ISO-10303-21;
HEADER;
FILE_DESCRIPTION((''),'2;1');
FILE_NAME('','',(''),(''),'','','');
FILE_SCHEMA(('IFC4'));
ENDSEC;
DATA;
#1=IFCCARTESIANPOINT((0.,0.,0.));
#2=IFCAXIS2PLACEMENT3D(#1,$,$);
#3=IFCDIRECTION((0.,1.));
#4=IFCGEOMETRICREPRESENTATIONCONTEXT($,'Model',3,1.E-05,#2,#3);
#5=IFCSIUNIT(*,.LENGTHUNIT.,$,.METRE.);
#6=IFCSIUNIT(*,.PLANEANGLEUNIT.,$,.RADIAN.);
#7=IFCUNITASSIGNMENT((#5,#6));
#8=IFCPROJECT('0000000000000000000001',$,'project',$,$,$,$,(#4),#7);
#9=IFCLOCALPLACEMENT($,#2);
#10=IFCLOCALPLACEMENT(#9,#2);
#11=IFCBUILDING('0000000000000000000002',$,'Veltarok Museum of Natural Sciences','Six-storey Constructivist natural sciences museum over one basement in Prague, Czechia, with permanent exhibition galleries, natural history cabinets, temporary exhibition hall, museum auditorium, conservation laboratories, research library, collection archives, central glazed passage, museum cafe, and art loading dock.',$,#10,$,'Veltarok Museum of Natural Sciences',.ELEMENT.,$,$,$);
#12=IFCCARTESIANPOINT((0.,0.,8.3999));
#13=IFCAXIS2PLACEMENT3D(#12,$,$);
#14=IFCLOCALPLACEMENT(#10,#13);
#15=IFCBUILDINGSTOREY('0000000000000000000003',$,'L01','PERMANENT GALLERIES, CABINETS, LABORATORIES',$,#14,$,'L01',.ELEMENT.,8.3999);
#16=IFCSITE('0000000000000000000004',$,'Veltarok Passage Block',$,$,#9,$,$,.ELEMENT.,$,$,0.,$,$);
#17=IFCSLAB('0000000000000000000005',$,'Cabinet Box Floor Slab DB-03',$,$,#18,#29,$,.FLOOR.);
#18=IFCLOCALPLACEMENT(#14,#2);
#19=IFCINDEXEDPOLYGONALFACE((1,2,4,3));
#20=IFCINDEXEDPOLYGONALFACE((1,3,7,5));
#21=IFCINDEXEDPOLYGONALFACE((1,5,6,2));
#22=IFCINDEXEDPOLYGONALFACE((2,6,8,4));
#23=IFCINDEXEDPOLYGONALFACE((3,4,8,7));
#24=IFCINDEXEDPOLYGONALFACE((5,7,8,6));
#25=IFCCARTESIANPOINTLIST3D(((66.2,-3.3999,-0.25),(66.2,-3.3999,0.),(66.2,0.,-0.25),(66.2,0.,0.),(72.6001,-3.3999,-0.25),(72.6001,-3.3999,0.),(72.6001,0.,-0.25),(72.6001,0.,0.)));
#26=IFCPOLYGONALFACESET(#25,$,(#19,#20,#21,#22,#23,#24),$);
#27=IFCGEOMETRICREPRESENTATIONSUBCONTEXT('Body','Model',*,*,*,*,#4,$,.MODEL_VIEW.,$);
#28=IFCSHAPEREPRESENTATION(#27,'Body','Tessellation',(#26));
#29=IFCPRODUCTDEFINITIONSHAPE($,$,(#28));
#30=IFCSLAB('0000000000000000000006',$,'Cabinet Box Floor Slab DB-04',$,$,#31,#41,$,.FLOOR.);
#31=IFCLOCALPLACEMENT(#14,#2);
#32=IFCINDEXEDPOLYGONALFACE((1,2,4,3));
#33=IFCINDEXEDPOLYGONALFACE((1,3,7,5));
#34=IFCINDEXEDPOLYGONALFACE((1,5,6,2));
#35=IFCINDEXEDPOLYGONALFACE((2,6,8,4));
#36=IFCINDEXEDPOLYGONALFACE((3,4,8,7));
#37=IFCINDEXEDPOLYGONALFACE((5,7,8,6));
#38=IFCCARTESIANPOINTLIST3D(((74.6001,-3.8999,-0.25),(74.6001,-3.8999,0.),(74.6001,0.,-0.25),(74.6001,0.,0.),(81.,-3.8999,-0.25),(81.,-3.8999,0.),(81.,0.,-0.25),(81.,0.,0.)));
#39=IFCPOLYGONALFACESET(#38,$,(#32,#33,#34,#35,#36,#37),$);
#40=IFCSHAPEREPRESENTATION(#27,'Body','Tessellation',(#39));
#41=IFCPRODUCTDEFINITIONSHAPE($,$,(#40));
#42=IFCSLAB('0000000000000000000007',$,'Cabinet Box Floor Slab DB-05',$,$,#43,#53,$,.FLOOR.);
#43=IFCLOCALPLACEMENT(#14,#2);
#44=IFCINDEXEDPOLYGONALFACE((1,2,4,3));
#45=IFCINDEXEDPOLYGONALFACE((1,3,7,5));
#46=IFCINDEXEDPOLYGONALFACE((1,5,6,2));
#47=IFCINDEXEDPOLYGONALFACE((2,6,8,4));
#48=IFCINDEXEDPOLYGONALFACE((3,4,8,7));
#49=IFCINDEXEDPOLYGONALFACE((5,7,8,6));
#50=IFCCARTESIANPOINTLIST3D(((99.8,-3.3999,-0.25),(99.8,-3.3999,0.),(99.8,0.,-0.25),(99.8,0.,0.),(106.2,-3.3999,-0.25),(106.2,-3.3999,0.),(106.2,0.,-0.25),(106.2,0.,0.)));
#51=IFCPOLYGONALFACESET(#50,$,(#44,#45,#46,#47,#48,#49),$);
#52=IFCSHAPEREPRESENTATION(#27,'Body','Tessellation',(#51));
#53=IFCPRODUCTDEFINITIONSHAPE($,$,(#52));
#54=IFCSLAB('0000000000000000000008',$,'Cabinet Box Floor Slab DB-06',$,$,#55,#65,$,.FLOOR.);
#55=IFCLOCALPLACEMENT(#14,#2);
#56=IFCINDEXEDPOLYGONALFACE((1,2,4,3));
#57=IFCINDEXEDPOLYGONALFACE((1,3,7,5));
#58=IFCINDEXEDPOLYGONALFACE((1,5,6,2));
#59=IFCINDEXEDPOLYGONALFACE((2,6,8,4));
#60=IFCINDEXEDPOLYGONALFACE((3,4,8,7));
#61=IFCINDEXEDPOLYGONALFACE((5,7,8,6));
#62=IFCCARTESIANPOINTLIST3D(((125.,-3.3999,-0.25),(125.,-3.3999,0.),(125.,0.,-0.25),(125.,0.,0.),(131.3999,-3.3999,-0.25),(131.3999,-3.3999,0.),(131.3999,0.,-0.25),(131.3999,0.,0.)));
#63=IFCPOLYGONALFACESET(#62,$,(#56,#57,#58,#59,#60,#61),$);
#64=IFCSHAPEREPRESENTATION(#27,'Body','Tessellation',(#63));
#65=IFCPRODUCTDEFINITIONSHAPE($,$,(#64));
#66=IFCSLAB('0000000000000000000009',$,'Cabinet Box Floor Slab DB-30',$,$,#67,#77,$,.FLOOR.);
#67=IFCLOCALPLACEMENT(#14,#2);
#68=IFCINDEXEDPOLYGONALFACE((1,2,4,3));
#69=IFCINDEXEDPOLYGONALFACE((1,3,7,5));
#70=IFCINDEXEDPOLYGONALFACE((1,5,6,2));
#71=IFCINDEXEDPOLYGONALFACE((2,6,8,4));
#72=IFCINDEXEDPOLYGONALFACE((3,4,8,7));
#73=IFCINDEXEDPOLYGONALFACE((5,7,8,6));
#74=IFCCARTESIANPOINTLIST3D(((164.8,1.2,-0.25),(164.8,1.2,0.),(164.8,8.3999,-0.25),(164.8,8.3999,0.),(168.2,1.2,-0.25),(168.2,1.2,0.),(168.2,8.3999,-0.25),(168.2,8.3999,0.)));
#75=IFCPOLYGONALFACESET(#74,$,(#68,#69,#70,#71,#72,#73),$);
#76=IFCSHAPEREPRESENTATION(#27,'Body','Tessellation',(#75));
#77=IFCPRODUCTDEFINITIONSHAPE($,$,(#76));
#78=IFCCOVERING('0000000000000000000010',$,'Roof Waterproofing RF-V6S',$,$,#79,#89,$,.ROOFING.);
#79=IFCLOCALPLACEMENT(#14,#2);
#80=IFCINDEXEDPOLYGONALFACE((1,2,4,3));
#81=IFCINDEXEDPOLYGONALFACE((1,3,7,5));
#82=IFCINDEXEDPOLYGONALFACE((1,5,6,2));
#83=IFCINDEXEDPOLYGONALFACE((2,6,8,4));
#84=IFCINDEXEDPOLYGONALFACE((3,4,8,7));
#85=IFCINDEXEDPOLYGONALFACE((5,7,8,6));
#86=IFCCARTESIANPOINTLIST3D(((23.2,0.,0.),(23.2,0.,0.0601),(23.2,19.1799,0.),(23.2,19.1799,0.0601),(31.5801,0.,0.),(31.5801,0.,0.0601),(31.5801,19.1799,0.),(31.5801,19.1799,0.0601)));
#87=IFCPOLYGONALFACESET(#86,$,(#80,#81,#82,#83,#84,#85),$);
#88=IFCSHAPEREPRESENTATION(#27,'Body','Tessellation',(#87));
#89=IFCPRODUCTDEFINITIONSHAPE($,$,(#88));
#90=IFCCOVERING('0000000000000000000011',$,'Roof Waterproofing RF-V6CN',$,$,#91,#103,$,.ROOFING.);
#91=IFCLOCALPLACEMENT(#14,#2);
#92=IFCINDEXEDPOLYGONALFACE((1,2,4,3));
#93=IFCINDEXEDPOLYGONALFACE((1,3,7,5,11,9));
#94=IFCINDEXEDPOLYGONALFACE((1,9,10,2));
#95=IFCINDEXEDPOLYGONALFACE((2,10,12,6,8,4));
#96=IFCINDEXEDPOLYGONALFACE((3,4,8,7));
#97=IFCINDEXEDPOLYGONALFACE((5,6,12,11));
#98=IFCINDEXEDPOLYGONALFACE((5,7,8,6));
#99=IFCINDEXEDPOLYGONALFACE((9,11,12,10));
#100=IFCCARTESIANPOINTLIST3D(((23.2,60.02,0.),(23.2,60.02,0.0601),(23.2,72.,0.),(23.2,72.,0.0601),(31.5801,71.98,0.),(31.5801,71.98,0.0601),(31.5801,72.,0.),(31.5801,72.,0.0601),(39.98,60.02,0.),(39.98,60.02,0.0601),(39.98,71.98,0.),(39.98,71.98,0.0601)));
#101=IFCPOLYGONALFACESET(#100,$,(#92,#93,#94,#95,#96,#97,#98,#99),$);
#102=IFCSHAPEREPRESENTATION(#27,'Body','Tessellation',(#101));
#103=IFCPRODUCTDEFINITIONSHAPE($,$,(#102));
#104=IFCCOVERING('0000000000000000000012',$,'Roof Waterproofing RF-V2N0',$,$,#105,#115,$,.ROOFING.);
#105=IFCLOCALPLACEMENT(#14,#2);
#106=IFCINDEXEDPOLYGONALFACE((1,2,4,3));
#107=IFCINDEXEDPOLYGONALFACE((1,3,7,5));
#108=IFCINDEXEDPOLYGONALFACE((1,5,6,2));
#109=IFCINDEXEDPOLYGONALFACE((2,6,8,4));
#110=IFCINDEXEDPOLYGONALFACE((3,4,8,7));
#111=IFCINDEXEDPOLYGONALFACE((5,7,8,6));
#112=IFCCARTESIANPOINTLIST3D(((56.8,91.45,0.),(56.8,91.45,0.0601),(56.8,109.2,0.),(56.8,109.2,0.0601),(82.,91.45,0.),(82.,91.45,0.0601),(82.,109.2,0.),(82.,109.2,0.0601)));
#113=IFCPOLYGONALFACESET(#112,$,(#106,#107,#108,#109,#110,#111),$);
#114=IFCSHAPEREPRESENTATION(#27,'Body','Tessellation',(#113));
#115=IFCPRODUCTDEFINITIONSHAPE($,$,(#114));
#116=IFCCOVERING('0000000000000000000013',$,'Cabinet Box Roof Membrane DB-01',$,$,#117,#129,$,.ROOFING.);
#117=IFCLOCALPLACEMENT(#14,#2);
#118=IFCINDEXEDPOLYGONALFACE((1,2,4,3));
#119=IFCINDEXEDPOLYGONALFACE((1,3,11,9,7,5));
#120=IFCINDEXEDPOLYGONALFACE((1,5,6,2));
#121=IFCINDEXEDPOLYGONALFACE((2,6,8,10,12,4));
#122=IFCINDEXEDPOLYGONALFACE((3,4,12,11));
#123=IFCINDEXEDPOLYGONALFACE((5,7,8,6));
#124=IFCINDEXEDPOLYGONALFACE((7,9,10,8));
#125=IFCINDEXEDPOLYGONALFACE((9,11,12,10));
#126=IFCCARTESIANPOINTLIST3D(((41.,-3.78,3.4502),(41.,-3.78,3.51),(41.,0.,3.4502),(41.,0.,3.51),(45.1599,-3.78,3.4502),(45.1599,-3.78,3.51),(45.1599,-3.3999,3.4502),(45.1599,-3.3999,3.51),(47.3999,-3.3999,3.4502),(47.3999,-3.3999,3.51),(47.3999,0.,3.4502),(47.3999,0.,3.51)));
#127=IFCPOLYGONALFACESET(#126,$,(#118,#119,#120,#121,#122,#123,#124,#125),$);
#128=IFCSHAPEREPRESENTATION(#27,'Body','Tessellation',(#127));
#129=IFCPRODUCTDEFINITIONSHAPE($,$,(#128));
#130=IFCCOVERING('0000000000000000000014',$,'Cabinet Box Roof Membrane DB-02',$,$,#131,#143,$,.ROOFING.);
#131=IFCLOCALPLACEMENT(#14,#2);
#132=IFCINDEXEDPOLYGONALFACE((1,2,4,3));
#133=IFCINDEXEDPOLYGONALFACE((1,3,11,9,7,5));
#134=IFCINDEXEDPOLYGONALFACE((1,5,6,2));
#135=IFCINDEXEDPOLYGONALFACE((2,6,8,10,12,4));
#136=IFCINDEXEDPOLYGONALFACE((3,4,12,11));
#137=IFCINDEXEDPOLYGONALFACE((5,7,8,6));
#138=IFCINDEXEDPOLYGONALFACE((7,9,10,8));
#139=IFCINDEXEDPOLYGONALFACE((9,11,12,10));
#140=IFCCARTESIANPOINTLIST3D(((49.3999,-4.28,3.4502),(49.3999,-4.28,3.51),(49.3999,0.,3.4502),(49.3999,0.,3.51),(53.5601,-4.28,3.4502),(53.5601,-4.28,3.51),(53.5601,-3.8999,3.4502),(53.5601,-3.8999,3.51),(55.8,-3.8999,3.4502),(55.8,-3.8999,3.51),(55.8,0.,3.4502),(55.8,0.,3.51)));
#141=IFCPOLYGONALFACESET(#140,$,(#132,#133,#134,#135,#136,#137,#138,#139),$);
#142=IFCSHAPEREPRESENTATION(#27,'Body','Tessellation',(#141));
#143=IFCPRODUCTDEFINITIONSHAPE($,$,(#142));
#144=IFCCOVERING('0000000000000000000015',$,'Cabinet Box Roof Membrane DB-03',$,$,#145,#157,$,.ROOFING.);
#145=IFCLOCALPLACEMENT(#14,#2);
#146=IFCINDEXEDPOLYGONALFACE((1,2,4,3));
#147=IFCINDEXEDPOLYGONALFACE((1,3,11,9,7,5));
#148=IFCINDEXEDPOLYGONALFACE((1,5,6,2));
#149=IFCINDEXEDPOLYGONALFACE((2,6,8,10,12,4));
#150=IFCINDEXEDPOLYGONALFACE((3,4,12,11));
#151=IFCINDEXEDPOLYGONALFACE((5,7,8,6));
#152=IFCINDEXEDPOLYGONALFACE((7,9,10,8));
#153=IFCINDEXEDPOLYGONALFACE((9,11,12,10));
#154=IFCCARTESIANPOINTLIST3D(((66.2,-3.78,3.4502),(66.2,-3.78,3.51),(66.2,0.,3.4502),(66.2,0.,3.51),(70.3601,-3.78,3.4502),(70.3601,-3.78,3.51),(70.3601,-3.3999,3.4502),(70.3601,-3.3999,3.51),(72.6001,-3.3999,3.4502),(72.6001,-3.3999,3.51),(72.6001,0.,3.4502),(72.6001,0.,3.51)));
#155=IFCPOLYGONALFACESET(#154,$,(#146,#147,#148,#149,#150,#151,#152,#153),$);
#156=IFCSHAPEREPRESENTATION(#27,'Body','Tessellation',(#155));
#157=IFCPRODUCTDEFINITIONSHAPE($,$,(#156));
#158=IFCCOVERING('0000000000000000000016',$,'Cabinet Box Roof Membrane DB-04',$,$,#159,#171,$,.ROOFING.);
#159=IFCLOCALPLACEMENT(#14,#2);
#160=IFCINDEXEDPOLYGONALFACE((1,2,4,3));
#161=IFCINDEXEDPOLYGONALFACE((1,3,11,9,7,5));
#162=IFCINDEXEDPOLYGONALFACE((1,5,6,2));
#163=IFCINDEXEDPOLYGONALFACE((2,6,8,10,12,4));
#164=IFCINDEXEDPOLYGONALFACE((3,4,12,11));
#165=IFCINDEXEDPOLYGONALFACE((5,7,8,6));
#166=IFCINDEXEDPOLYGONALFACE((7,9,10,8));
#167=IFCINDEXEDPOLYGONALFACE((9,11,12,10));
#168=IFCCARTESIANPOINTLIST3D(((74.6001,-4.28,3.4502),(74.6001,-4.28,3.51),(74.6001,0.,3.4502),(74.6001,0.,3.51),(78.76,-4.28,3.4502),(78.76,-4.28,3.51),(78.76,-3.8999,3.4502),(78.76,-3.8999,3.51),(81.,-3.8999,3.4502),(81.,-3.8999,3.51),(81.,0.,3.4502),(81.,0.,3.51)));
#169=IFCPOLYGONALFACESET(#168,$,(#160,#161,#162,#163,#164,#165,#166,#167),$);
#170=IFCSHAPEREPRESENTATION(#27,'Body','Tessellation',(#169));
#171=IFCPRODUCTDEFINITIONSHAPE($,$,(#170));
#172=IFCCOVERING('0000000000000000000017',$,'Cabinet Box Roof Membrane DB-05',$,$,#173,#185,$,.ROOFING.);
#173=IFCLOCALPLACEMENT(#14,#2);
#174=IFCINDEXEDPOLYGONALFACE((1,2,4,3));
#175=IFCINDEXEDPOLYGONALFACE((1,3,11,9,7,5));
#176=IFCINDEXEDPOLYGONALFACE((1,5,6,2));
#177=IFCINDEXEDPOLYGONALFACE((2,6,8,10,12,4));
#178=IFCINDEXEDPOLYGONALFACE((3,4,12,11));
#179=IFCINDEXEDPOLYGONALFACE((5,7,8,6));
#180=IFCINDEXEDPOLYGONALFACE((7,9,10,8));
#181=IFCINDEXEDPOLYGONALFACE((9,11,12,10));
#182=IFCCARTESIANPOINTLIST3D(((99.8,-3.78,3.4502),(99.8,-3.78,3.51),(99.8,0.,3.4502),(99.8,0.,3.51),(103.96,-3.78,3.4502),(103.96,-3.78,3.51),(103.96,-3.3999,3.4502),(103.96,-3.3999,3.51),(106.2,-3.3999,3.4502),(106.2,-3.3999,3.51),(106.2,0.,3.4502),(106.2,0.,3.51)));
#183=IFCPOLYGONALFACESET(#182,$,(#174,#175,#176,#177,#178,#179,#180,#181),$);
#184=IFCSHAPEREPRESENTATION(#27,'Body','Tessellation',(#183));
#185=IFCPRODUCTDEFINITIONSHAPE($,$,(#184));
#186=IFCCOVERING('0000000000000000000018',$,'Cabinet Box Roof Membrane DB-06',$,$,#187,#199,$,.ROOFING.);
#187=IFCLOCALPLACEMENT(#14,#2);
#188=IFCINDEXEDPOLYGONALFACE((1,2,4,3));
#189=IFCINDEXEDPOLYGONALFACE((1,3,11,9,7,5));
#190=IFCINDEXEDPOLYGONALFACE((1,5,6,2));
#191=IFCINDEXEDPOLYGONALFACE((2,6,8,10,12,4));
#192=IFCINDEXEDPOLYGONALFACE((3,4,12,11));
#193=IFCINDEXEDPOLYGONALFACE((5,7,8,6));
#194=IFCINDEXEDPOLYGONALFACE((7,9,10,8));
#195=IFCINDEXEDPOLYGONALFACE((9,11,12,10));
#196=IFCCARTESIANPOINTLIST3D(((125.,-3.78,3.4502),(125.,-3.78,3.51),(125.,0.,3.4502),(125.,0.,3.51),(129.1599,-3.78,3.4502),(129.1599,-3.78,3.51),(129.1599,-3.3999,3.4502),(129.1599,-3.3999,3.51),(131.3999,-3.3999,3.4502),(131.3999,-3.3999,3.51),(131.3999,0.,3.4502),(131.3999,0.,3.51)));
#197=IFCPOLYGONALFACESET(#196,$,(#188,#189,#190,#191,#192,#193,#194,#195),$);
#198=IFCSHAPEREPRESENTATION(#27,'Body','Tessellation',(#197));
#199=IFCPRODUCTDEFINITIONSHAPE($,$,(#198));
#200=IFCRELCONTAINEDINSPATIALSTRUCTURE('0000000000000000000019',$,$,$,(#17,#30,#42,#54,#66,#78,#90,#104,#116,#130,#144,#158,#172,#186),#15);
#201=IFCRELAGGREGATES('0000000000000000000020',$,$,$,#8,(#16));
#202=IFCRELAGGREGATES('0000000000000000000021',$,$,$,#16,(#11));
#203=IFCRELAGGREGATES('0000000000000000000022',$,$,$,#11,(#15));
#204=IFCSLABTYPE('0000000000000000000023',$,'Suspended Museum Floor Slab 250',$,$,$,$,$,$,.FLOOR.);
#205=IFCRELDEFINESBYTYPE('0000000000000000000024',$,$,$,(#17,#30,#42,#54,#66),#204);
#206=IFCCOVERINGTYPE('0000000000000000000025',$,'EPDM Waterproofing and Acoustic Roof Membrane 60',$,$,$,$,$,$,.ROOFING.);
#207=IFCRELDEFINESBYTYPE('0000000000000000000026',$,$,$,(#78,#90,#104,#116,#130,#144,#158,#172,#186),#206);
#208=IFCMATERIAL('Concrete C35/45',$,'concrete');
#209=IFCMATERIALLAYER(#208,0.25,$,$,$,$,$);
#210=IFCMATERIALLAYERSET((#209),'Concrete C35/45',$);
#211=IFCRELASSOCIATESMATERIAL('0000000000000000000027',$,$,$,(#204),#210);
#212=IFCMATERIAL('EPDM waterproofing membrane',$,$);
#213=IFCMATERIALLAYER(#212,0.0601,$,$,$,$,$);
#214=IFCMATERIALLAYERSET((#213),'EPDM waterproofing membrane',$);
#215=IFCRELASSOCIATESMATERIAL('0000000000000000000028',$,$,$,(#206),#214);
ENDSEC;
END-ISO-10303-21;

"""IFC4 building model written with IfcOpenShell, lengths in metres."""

from ifc_helpers import new_model, si_unit, direction, frame, origin, place, context, subcontext, project, spatial, polyline, outline, extrude, material, layer, layer_set, type_object, element, save


model = new_model("IFC4")

# Units and contexts
model_context = context("Model", 3, precision=1e-05, world=origin(), true_north=direction((0.0, 1.0)))
body_context = subcontext(model_context, "Body", "Model", "MODEL_VIEW")
ifc_project = project(units=[si_unit("LENGTHUNIT", "METRE"), si_unit("PLANEANGLEUNIT", "RADIAN")], contexts=[model_context])

# Site, building, storey
site_placement = place(None, origin())
site = spatial("IfcSite", under=ifc_project, at=site_placement, Name="Veltarok Passage Block", CompositionType="ELEMENT", RefElevation=0.0)
building_placement = place(site_placement, origin())
building = spatial("IfcBuilding", under=site, at=building_placement, Name="Veltarok Museum of Natural Sciences", Description="Six-storey Constructivist natural sciences museum over one basement in Prague, Czechia, with permanent exhibition galleries, natural history cabinets, temporary exhibition hall, museum auditorium, conservation laboratories, research library, collection archives, central glazed passage, museum cafe, and art loading dock.", LongName="Veltarok Museum of Natural Sciences", CompositionType="ELEMENT")
storey_placement = place(building_placement, frame((0.0, 0.0, 8.3999)))
storey = spatial("IfcBuildingStorey", under=building, at=storey_placement, Name="L01", Description="PERMANENT GALLERIES, CABINETS, LABORATORIES", LongName="L01", CompositionType="ELEMENT", Elevation=8.3999)

# Shared definitions
ifc_material_1 = material(Name="Concrete C35/45", Category="concrete")

# Slabs
ifc_layer_1 = layer(ifc_material_1, 0.25)
ifc_layer_set_1 = layer_set([ifc_layer_1], Name="Concrete C35/45")
slab_type_1 = type_object("IfcSlabType", Name="Suspended Museum Floor Slab 250", PredefinedType="FLOOR", material=ifc_layer_set_1)
slab_1_placement = place(storey_placement, frame((0.0, 0.0, -0.25)))
element("IfcSlab", 1, at=slab_1_placement, inside=storey, type_object=slab_type_1, Name="Cabinet Box Floor Slab DB-03", PredefinedType="FLOOR", context=body_context, shape_type="SweptSolid", body=[
    extrude(outline(polyline([(66.2, -3.3999), (72.6001, -3.3999), (72.6001, 0.0), (66.2, 0.0), (66.2, -3.3999)])), origin(), (0.0, 0.0, 1.0), 0.25),
])
slab_2_placement = place(storey_placement, frame((0.0, 0.0, -0.25)))
element("IfcSlab", 2, at=slab_2_placement, inside=storey, type_object=slab_type_1, Name="Cabinet Box Floor Slab DB-04", PredefinedType="FLOOR", context=body_context, shape_type="SweptSolid", body=[
    extrude(outline(polyline([(74.6001, -3.8999), (81.0, -3.8999), (81.0, 0.0), (74.6001, 0.0), (74.6001, -3.8999)])), origin(), (0.0, 0.0, 1.0), 0.25),
])
slab_3_placement = place(storey_placement, frame((0.0, 0.0, -0.25)))
element("IfcSlab", 3, at=slab_3_placement, inside=storey, type_object=slab_type_1, Name="Cabinet Box Floor Slab DB-05", PredefinedType="FLOOR", context=body_context, shape_type="SweptSolid", body=[
    extrude(outline(polyline([(99.8, -3.3999), (106.2, -3.3999), (106.2, 0.0), (99.8, 0.0), (99.8, -3.3999)])), origin(), (0.0, 0.0, 1.0), 0.25),
])
slab_4_placement = place(storey_placement, frame((0.0, 0.0, -0.25)))
element("IfcSlab", 4, at=slab_4_placement, inside=storey, type_object=slab_type_1, Name="Cabinet Box Floor Slab DB-06", PredefinedType="FLOOR", context=body_context, shape_type="SweptSolid", body=[
    extrude(outline(polyline([(125.0, -3.3999), (131.3999, -3.3999), (131.3999, 0.0), (125.0, 0.0), (125.0, -3.3999)])), origin(), (0.0, 0.0, 1.0), 0.25),
])
slab_5_placement = place(storey_placement, frame((0.0, 0.0, -0.25)))
element("IfcSlab", 5, at=slab_5_placement, inside=storey, type_object=slab_type_1, Name="Cabinet Box Floor Slab DB-30", PredefinedType="FLOOR", context=body_context, shape_type="SweptSolid", body=[
    extrude(outline(polyline([(164.8, 1.2), (168.2, 1.2), (168.2, 8.3999), (164.8, 8.3999), (164.8, 1.2)])), origin(), (0.0, 0.0, 1.0), 0.25),
])

# Coverings
ifc_material_2 = material(Name="EPDM waterproofing membrane")
ifc_layer_2 = layer(ifc_material_2, 0.0601)
ifc_layer_set_2 = layer_set([ifc_layer_2], Name="EPDM waterproofing membrane")
covering_type = type_object("IfcCoveringType", Name="EPDM Waterproofing and Acoustic Roof Membrane 60", PredefinedType="ROOFING", material=ifc_layer_set_2)
covering_1_placement = place(storey_placement, origin())
element("IfcCovering", 6, at=covering_1_placement, inside=storey, type_object=covering_type, Name="Roof Waterproofing RF-V6S", PredefinedType="ROOFING", context=body_context, shape_type="SweptSolid", body=[
    extrude(outline(polyline([(23.2, 0.0), (23.2, 19.1799), (31.5801, 19.1799), (31.5801, 0.0), (23.2, 0.0)])), origin(), (0.0, 0.0, 1.0), 0.0601),
])
covering_2_placement = place(storey_placement, origin())
element("IfcCovering", 7, at=covering_2_placement, inside=storey, type_object=covering_type, Name="Roof Waterproofing RF-V6CN", PredefinedType="ROOFING", context=body_context, shape_type="SweptSolid", body=[
    extrude(outline(polyline([(23.2, 60.02), (23.2, 72.0), (31.5801, 72.0), (31.5801, 71.98), (39.98, 71.98), (39.98, 60.02), (23.2, 60.02)])), origin(), (0.0, 0.0, 1.0), 0.0601),
])
covering_3_placement = place(storey_placement, origin())
element("IfcCovering", 8, at=covering_3_placement, inside=storey, type_object=covering_type, Name="Roof Waterproofing RF-V2N0", PredefinedType="ROOFING", context=body_context, shape_type="SweptSolid", body=[
    extrude(outline(polyline([(56.8, 91.45), (56.8, 109.2), (82.0, 109.2), (82.0, 91.45), (56.8, 91.45)])), origin(), (0.0, 0.0, 1.0), 0.0601),
])
covering_4_placement = place(storey_placement, frame((0.0, 0.0, 3.4502)))
element("IfcCovering", 9, at=covering_4_placement, inside=storey, type_object=covering_type, Name="Cabinet Box Roof Membrane DB-01", PredefinedType="ROOFING", context=body_context, shape_type="SweptSolid", body=[
    extrude(outline(polyline([(41.0, -3.78), (45.1599, -3.78), (45.1599, -3.3999), (47.3999, -3.3999), (47.3999, 0.0), (41.0, 0.0), (41.0, -3.78)])), origin(), (0.0, 0.0, 1.0), 0.0598),
])
covering_5_placement = place(storey_placement, frame((0.0, 0.0, 3.4502)))
element("IfcCovering", 10, at=covering_5_placement, inside=storey, type_object=covering_type, Name="Cabinet Box Roof Membrane DB-02", PredefinedType="ROOFING", context=body_context, shape_type="SweptSolid", body=[
    extrude(outline(polyline([(49.3999, -4.28), (53.5601, -4.28), (53.5601, -3.8999), (55.8, -3.8999), (55.8, 0.0), (49.3999, 0.0), (49.3999, -4.28)])), origin(), (0.0, 0.0, 1.0), 0.0598),
])
covering_6_placement = place(storey_placement, frame((0.0, 0.0, 3.4502)))
element("IfcCovering", 11, at=covering_6_placement, inside=storey, type_object=covering_type, Name="Cabinet Box Roof Membrane DB-03", PredefinedType="ROOFING", context=body_context, shape_type="SweptSolid", body=[
    extrude(outline(polyline([(66.2, -3.78), (70.3601, -3.78), (70.3601, -3.3999), (72.6001, -3.3999), (72.6001, 0.0), (66.2, 0.0), (66.2, -3.78)])), origin(), (0.0, 0.0, 1.0), 0.0598),
])
covering_7_placement = place(storey_placement, frame((0.0, 0.0, 3.4502)))
element("IfcCovering", 12, at=covering_7_placement, inside=storey, type_object=covering_type, Name="Cabinet Box Roof Membrane DB-04", PredefinedType="ROOFING", context=body_context, shape_type="SweptSolid", body=[
    extrude(outline(polyline([(74.6001, -4.28), (78.76, -4.28), (78.76, -3.8999), (81.0, -3.8999), (81.0, 0.0), (74.6001, 0.0), (74.6001, -4.28)])), origin(), (0.0, 0.0, 1.0), 0.0598),
])
covering_8_placement = place(storey_placement, frame((0.0, 0.0, 3.4502)))
element("IfcCovering", 13, at=covering_8_placement, inside=storey, type_object=covering_type, Name="Cabinet Box Roof Membrane DB-05", PredefinedType="ROOFING", context=body_context, shape_type="SweptSolid", body=[
    extrude(outline(polyline([(99.8, -3.78), (103.96, -3.78), (103.96, -3.3999), (106.2, -3.3999), (106.2, 0.0), (99.8, 0.0), (99.8, -3.78)])), origin(), (0.0, 0.0, 1.0), 0.0598),
])
covering_9_placement = place(storey_placement, frame((0.0, 0.0, 3.4502)))
element("IfcCovering", 14, at=covering_9_placement, inside=storey, type_object=covering_type, Name="Cabinet Box Roof Membrane DB-06", PredefinedType="ROOFING", context=body_context, shape_type="SweptSolid", body=[
    extrude(outline(polyline([(125.0, -3.78), (129.1599, -3.78), (129.1599, -3.3999), (131.3999, -3.3999), (131.3999, 0.0), (125.0, 0.0), (125.0, -3.78)])), origin(), (0.0, 0.0, 1.0), 0.0598),
])

save(model, "model.ifc")
